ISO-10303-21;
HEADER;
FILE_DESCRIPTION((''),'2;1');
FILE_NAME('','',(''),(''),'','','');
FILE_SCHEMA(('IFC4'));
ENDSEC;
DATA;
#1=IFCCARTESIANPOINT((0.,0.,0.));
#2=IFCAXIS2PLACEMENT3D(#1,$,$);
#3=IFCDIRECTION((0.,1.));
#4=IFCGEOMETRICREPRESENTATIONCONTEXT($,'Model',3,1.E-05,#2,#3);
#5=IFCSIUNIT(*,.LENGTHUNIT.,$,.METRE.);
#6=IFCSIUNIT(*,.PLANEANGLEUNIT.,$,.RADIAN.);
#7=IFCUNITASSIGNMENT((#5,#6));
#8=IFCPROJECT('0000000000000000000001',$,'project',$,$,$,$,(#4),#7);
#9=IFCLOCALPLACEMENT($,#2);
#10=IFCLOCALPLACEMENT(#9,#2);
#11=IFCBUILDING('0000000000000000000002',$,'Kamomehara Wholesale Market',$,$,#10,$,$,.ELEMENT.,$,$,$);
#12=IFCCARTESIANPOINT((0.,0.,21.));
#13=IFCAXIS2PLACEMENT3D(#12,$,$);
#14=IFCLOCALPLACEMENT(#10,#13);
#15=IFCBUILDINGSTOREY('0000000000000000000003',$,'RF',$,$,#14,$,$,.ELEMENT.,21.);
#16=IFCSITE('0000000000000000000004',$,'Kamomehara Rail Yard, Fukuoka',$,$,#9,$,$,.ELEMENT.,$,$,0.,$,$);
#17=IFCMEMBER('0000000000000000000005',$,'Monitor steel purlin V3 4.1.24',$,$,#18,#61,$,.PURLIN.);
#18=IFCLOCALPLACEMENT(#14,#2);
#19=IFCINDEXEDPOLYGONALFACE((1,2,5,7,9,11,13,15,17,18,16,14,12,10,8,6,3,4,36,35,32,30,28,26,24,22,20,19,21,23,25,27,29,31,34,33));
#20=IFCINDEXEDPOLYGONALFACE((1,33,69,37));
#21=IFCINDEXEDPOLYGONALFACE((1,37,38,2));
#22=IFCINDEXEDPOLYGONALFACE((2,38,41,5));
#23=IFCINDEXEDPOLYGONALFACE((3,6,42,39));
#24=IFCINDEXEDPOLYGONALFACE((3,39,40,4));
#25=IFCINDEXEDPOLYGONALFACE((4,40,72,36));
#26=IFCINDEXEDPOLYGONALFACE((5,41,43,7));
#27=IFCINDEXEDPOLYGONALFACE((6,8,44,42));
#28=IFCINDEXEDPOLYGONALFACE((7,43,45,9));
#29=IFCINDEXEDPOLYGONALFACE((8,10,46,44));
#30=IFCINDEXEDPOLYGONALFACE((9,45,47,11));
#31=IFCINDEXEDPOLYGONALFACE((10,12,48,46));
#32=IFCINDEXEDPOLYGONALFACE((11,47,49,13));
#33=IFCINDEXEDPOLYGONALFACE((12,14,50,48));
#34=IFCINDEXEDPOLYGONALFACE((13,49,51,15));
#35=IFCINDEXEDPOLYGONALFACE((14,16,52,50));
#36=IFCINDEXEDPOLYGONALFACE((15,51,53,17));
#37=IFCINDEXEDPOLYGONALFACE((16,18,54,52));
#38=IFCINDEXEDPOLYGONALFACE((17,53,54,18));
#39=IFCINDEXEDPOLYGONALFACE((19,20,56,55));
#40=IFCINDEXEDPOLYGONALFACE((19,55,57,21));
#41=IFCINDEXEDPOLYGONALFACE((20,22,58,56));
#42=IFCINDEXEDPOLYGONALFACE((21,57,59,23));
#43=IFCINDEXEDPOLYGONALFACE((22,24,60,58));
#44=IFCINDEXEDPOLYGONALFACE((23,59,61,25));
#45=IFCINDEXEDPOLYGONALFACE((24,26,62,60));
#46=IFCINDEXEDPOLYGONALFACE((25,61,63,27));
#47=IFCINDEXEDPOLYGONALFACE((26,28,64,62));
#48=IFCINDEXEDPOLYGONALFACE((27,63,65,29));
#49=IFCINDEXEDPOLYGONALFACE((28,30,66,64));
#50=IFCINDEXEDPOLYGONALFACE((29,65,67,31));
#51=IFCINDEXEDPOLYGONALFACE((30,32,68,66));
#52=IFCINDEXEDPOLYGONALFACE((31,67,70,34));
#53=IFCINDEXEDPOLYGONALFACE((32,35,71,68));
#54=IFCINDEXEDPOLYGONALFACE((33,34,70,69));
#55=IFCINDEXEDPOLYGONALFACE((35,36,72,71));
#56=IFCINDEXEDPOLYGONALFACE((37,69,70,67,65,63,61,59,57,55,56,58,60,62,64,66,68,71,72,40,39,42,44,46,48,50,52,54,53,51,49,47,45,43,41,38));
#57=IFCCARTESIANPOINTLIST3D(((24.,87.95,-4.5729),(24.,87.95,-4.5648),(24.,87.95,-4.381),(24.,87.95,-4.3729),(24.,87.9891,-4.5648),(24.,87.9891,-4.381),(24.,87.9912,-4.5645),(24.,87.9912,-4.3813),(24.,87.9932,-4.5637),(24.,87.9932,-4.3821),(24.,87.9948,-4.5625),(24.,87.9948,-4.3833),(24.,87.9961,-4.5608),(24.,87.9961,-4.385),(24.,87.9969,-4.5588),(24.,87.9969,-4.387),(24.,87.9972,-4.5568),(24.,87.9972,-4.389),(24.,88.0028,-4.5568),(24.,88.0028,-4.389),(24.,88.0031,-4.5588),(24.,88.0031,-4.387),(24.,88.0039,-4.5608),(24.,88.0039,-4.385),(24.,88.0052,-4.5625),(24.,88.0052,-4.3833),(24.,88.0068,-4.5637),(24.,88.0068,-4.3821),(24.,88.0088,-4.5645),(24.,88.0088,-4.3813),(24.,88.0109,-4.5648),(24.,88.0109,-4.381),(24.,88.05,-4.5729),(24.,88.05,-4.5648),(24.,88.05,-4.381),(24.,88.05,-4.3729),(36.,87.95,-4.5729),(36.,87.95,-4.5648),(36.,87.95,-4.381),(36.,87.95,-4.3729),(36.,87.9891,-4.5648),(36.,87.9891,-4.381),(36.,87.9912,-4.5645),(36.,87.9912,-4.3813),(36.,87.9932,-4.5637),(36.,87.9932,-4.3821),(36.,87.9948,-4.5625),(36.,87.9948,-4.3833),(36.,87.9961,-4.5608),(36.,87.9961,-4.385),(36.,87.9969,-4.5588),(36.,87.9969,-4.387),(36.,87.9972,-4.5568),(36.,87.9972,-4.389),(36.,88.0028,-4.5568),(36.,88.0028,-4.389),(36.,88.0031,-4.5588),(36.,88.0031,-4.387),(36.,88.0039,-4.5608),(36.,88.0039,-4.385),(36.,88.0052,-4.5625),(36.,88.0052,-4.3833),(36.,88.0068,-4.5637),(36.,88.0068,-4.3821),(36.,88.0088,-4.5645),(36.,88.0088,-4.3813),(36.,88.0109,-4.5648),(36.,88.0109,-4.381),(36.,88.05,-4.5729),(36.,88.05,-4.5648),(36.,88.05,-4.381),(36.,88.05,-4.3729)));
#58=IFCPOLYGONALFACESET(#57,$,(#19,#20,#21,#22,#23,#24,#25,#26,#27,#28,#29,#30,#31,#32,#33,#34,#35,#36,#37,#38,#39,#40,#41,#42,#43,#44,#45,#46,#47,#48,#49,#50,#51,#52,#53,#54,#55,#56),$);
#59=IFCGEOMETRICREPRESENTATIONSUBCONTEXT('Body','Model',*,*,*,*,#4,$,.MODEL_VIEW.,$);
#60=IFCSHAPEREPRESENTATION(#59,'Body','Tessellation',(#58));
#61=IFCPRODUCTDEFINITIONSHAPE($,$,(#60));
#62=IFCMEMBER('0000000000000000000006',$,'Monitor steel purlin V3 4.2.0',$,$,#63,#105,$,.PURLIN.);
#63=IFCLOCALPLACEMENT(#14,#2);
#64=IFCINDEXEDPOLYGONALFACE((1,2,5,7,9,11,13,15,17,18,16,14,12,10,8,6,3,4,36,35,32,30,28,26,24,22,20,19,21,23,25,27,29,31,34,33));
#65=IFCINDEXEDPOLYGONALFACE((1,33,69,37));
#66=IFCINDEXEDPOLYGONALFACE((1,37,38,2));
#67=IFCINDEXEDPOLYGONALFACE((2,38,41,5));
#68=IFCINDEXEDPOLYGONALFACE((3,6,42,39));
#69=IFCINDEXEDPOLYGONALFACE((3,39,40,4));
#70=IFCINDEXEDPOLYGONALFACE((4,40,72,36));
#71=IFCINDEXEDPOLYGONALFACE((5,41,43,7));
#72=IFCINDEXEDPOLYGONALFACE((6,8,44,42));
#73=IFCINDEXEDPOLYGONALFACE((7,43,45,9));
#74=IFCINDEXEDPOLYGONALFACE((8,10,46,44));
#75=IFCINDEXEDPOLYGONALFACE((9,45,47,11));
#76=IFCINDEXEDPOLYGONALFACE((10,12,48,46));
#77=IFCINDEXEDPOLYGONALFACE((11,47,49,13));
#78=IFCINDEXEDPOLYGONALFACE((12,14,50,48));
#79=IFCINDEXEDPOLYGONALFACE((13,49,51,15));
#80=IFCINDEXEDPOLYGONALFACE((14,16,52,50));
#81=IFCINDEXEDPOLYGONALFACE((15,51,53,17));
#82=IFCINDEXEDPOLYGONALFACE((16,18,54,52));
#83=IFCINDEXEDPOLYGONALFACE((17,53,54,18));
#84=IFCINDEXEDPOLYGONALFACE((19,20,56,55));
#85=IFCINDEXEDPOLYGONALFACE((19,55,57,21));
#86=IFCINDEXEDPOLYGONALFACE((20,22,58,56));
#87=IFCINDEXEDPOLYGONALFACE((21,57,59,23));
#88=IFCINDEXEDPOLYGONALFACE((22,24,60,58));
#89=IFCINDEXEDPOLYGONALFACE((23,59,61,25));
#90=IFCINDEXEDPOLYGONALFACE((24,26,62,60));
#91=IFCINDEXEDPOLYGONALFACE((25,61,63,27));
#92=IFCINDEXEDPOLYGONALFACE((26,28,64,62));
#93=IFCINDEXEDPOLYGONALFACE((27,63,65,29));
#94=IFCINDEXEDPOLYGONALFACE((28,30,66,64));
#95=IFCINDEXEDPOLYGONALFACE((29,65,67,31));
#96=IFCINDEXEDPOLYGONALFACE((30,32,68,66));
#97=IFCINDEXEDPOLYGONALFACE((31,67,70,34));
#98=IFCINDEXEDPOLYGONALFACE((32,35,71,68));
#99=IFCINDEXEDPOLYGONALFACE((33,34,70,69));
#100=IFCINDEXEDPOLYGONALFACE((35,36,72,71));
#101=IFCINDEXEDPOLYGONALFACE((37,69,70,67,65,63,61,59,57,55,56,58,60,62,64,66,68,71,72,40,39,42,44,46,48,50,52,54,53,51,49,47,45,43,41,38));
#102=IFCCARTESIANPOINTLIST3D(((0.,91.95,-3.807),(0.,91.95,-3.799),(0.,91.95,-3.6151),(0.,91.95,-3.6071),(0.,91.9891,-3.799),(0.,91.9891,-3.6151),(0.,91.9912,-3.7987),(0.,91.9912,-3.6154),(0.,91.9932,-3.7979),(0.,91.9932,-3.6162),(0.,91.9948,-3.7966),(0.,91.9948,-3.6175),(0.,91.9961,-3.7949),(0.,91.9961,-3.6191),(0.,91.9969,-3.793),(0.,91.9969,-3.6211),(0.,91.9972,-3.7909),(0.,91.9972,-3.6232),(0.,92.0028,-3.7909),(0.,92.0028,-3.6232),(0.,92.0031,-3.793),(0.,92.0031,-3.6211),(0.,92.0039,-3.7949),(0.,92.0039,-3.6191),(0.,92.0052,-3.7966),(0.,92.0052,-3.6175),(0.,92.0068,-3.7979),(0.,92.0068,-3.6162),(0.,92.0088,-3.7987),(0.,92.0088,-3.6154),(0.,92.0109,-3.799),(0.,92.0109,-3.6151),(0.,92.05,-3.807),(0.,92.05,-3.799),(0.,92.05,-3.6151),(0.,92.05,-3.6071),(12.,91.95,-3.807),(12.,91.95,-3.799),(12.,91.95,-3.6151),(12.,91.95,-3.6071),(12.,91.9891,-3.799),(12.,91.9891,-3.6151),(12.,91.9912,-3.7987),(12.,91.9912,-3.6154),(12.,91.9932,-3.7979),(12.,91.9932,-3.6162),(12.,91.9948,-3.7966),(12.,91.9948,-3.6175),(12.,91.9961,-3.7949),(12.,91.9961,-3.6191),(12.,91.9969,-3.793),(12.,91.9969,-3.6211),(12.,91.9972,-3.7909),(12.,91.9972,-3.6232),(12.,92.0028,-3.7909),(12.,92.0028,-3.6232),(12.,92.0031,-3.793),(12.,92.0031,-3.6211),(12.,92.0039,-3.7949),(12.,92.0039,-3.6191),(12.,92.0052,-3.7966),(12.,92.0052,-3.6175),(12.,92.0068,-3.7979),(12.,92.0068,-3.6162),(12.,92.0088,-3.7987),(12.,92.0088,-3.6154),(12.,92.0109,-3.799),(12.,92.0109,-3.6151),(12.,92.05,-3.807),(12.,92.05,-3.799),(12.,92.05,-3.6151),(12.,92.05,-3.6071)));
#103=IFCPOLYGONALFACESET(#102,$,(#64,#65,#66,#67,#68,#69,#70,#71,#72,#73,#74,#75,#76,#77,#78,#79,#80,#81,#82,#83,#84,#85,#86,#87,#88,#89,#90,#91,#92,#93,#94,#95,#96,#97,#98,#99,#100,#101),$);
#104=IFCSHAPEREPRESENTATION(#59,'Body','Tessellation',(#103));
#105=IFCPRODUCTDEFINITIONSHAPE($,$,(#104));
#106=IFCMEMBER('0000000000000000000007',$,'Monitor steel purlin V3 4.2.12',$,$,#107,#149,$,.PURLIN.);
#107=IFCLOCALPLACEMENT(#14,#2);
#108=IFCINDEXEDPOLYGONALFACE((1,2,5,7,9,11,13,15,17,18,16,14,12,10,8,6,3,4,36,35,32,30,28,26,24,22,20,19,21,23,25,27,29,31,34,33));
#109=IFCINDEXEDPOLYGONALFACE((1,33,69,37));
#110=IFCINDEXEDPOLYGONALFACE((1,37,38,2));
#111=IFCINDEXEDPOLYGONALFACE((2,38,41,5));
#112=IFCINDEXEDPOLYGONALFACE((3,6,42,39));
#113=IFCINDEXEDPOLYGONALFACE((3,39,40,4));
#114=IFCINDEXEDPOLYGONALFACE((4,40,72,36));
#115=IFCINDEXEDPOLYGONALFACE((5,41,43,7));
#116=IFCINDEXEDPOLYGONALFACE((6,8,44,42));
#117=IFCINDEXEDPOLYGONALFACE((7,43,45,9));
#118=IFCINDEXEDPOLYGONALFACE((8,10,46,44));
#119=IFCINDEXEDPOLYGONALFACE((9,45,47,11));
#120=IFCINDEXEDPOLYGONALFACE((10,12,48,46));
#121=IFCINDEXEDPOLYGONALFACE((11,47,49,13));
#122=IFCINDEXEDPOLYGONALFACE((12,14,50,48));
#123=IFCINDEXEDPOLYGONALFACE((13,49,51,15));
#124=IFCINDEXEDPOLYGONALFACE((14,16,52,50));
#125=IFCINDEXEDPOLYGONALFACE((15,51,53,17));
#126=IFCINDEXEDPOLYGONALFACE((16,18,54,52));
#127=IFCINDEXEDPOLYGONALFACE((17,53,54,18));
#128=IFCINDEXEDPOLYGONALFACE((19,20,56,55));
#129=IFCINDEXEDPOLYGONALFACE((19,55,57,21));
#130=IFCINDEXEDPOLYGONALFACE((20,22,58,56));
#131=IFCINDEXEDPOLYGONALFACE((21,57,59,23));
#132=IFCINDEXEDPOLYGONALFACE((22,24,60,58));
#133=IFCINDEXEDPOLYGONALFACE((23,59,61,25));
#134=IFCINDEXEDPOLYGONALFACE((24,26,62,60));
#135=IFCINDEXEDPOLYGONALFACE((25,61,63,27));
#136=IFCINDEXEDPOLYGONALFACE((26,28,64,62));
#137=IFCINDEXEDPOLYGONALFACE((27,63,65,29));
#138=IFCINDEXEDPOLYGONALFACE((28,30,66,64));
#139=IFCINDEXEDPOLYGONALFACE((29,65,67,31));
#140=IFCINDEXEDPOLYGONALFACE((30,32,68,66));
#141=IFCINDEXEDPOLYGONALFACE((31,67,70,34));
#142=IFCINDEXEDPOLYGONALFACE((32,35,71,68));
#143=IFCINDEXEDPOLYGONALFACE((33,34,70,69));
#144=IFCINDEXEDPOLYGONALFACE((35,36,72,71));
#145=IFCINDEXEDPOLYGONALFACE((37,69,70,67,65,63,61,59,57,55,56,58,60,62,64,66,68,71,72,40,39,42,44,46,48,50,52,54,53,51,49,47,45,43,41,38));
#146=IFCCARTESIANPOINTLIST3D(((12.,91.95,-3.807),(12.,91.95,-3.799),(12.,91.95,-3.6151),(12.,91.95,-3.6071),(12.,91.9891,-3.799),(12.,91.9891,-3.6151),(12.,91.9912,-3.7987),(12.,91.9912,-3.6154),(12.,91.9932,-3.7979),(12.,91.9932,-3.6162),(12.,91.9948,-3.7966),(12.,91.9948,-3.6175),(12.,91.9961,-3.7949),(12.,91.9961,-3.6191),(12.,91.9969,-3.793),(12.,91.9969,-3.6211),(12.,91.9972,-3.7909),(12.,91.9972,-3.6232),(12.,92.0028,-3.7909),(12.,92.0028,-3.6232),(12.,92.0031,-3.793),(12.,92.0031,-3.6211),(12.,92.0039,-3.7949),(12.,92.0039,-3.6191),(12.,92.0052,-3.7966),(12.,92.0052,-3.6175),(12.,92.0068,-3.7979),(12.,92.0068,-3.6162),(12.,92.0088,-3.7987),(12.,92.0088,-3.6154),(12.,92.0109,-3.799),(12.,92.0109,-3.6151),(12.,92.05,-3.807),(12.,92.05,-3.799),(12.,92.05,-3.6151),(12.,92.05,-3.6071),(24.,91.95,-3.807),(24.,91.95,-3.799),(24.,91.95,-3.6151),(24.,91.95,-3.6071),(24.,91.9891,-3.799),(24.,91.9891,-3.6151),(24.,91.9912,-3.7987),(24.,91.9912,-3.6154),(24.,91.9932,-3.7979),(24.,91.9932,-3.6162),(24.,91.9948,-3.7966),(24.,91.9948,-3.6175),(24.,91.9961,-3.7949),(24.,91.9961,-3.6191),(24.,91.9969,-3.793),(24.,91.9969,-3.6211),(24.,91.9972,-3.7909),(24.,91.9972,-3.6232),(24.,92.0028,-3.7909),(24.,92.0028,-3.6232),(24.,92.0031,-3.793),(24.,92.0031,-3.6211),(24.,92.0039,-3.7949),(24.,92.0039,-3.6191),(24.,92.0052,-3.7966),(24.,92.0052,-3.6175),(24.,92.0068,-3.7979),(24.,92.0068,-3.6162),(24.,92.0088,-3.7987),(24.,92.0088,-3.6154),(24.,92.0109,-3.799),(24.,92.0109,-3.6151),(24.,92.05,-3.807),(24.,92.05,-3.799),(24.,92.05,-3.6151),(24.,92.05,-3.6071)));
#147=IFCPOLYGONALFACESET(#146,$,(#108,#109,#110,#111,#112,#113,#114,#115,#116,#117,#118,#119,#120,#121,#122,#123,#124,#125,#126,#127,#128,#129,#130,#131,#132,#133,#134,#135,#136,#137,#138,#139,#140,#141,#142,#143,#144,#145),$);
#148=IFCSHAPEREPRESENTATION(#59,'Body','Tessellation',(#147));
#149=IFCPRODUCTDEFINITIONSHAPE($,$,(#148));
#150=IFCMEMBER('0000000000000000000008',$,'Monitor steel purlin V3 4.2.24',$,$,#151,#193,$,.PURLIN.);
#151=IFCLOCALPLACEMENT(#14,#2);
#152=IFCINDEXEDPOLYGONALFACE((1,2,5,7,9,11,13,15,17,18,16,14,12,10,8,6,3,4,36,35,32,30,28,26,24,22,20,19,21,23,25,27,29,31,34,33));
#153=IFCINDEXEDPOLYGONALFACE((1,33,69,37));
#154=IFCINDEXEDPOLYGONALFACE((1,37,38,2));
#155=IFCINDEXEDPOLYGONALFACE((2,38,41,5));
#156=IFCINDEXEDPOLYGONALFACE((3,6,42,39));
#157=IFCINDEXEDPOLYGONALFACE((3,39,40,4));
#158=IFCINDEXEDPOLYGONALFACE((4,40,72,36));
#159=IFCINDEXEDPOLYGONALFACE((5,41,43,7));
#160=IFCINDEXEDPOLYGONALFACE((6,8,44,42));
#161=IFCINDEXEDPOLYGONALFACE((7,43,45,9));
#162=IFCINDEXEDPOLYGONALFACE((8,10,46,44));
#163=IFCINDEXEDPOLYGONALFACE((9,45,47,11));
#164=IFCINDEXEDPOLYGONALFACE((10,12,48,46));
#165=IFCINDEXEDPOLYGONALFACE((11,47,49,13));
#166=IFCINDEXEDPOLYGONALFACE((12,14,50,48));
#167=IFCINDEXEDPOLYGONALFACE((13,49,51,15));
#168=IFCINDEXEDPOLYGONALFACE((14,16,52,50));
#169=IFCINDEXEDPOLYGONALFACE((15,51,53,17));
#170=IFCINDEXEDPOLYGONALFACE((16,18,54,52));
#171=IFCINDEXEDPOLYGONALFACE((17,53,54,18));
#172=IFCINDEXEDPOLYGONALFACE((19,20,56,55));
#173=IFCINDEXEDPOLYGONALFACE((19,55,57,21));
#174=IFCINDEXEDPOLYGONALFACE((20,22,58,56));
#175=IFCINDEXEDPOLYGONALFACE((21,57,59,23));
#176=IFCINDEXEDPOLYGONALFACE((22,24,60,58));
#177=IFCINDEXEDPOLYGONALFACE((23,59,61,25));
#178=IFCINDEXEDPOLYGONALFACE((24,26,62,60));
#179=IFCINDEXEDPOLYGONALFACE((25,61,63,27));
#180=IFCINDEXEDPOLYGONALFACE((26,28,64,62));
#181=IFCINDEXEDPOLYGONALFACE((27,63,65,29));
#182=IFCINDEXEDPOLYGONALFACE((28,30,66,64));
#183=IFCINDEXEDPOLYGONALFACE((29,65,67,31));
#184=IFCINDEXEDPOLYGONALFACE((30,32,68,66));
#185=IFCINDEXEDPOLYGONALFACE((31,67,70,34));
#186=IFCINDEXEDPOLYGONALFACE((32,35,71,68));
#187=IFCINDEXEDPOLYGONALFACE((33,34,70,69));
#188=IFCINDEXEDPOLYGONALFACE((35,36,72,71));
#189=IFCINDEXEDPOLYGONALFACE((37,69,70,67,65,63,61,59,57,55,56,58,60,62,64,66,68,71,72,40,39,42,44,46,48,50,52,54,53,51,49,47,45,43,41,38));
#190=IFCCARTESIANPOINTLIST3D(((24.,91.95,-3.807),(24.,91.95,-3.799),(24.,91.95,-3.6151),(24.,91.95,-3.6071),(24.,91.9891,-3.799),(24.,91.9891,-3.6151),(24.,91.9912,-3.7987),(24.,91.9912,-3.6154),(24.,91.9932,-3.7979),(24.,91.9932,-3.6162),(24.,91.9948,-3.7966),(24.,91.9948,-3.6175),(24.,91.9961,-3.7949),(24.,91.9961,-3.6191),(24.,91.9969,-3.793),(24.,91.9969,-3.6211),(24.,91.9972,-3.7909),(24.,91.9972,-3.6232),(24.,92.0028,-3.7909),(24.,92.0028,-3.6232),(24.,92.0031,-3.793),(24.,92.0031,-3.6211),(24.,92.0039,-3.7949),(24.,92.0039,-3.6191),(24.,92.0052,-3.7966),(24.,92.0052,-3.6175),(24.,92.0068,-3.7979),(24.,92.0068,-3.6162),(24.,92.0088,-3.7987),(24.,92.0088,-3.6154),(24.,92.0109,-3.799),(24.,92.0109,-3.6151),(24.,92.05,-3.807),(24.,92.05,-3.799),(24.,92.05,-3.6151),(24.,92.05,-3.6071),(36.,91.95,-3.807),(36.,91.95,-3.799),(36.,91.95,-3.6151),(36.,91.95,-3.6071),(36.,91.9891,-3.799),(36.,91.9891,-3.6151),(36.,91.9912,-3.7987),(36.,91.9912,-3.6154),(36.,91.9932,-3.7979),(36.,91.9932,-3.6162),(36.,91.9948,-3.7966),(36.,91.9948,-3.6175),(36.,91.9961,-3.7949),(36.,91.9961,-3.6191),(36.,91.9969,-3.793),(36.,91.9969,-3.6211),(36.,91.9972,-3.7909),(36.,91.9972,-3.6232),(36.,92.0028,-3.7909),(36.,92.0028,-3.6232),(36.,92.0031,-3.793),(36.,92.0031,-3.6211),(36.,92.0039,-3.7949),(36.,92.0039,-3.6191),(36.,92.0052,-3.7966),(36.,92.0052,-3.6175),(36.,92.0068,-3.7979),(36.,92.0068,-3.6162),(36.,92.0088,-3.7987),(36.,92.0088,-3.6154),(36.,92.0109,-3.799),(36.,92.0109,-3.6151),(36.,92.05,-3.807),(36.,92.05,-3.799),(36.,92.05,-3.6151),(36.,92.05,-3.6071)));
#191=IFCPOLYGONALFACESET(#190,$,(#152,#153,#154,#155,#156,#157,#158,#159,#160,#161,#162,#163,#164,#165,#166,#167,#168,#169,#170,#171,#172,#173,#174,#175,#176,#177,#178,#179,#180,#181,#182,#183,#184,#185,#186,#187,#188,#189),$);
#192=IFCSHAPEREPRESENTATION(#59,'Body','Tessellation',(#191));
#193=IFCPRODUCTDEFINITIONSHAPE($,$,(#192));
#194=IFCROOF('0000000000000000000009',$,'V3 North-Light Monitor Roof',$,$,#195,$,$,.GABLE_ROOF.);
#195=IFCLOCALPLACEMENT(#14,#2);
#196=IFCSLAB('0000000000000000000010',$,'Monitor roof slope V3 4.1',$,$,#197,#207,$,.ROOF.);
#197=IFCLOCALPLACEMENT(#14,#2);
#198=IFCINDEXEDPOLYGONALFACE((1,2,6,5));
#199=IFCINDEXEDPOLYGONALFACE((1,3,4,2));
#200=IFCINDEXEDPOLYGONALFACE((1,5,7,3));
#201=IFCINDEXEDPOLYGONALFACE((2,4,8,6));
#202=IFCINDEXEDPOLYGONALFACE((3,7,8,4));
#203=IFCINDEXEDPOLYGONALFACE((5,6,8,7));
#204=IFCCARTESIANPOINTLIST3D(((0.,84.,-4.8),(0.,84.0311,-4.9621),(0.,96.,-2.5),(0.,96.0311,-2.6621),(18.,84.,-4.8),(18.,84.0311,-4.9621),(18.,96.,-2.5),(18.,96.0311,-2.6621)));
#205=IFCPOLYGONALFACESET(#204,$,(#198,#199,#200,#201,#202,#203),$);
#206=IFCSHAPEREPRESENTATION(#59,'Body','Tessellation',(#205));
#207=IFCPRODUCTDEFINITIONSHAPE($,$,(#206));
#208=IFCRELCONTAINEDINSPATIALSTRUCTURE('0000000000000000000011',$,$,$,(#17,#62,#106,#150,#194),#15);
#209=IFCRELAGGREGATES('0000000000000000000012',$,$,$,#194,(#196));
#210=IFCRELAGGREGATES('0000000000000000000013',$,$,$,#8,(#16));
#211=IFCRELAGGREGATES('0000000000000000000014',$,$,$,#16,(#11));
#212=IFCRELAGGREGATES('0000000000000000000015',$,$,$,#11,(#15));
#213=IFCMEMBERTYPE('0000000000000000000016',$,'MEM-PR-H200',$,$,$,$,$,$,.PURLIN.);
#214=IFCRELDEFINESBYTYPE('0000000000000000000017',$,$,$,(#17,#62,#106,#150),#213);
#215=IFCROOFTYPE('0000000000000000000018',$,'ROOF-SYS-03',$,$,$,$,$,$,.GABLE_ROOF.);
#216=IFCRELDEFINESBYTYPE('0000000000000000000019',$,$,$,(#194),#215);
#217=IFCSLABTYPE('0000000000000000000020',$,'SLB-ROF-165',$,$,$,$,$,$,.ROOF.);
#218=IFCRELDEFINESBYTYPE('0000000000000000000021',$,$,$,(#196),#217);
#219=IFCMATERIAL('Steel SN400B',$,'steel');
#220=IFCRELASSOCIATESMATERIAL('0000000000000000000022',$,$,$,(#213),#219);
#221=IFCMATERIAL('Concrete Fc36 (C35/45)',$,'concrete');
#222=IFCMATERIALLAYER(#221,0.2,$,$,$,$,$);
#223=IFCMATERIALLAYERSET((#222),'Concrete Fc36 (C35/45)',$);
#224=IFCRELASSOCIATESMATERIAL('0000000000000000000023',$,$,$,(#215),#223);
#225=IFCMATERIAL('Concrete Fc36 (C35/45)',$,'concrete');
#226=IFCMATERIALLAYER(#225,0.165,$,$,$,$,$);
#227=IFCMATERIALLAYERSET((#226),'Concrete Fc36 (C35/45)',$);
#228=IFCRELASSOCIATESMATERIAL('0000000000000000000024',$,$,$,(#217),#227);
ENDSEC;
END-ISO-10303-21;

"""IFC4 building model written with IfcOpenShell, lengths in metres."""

from ifc_helpers import new_model, si_unit, direction, frame, origin, origin_2d, place, context, subcontext, project, spatial, polyline, i_section, outline, extrude, material, layer, layer_set, material_profile, profile_set, type_object, element, aggregate, save


model = new_model("IFC4")

# Units and contexts
model_context = context("Model", 3, precision=1e-05, world=origin(), true_north=direction((0.0, 1.0)))
body_context = subcontext(model_context, "Body", "Model", "MODEL_VIEW")
ifc_project = project(units=[si_unit("LENGTHUNIT", "METRE"), si_unit("PLANEANGLEUNIT", "RADIAN")], contexts=[model_context])

# Site, building, storey
site_placement = place(None, origin())
site = spatial("IfcSite", under=ifc_project, at=site_placement, Name="Kamomehara Rail Yard, Fukuoka", CompositionType="ELEMENT", RefElevation=0.0)
building_placement = place(site_placement, origin())
building = spatial("IfcBuilding", under=site, at=building_placement, Name="Kamomehara Wholesale Market", CompositionType="ELEMENT")
storey_placement = place(building_placement, frame((0.0, 0.0, 21.0)))
storey = spatial("IfcBuildingStorey", under=building, at=storey_placement, Name="RF", CompositionType="ELEMENT", Elevation=21.0)

# Members
ifc_material_1 = material(Name="Steel SN400B", Category="steel")
ifc_material_profile_1 = material_profile(ifc_material_1, i_section(OverallWidth=0.1001, OverallDepth=0.2, WebThickness=0.0056, FlangeThickness=0.0081, FilletRadius=0.0081, at=origin_2d()), Name="H-200x100x5.5x8")
ifc_profile_set_1 = profile_set([ifc_material_profile_1], Name="Steel SN400B")
member_type = type_object("IfcMemberType", Name="MEM-PR-H200", PredefinedType="PURLIN", material=ifc_profile_set_1)
for number, where, z_axis, x_axis, name in (
    (1, (24.0, 88.0, -4.4729), (1.0, 0.0, 0.0), (0.0, 1.0, 0.0), "Monitor steel purlin V3 4.1.24"),
    (2, (0.0, 92.0, -3.707), (1.0, 0.0, 0.0), (0.0, 1.0, 0.0), "Monitor steel purlin V3 4.2.0"),
    (3, (12.0, 92.0, -3.707), (1.0, 0.0, 0.0), (0.0, 1.0, 0.0), "Monitor steel purlin V3 4.2.12"),
    (4, (24.0, 92.0, -3.707), (1.0, 0.0, 0.0), (0.0, 1.0, 0.0), "Monitor steel purlin V3 4.2.24"),
):
    element("IfcMember", number, at=place(storey_placement, frame(where, z_axis=z_axis, x_axis=x_axis)), inside=storey, type_object=member_type, Name=name, PredefinedType="PURLIN", context=body_context, shape_type="SweptSolid", body=[
        extrude(i_section(OverallWidth=0.1001, OverallDepth=0.2, WebThickness=0.0056, FlangeThickness=0.0081, FilletRadius=0.0081, at=origin_2d()), origin(), (0.0, 0.0, 1.0), 12.0),
    ])

# Roof, slab
ifc_material_2 = material(Name="Concrete Fc36 (C35/45)", Category="concrete")
ifc_layer_1 = layer(ifc_material_2, 0.2)
ifc_layer_set_1 = layer_set([ifc_layer_1], Name="Concrete Fc36 (C35/45)")
roof_type = type_object("IfcRoofType", Name="ROOF-SYS-03", PredefinedType="GABLE_ROOF", material=ifc_layer_set_1)
roof_placement = place(storey_placement, origin())
roof = element("IfcRoof", 5, at=roof_placement, inside=storey, type_object=roof_type, Name="V3 North-Light Monitor Roof", PredefinedType="GABLE_ROOF")
ifc_material_3 = material(Name="Concrete Fc36 (C35/45)", Category="concrete")
ifc_layer_2 = layer(ifc_material_3, 0.165)
ifc_layer_set_2 = layer_set([ifc_layer_2], Name="Concrete Fc36 (C35/45)")
slab_type = type_object("IfcSlabType", Name="SLB-ROF-165", PredefinedType="ROOF", material=ifc_layer_set_2)
slab_1_placement = place(storey_placement, frame((0.0, 84.0, -4.8), z_axis=(0.0, -0.188244, 0.982122), x_axis=(1.0, 0.0, 0.0)))
slab_1 = element("IfcSlab", 6, at=slab_1_placement, type_object=slab_type, Name="Monitor roof slope V3 4.1", PredefinedType="ROOF", context=body_context, shape_type="SweptSolid", body=[
    extrude(outline(polyline([(0.0, 0.0), (18.0, 0.0), (18.0, 12.2184), (0.0, 12.2184), (0.0, 0.0)])), origin(), (0.0, 0.0, -1.0), 0.165),
])
aggregate(roof, [slab_1])

save(model, "model.ifc")
